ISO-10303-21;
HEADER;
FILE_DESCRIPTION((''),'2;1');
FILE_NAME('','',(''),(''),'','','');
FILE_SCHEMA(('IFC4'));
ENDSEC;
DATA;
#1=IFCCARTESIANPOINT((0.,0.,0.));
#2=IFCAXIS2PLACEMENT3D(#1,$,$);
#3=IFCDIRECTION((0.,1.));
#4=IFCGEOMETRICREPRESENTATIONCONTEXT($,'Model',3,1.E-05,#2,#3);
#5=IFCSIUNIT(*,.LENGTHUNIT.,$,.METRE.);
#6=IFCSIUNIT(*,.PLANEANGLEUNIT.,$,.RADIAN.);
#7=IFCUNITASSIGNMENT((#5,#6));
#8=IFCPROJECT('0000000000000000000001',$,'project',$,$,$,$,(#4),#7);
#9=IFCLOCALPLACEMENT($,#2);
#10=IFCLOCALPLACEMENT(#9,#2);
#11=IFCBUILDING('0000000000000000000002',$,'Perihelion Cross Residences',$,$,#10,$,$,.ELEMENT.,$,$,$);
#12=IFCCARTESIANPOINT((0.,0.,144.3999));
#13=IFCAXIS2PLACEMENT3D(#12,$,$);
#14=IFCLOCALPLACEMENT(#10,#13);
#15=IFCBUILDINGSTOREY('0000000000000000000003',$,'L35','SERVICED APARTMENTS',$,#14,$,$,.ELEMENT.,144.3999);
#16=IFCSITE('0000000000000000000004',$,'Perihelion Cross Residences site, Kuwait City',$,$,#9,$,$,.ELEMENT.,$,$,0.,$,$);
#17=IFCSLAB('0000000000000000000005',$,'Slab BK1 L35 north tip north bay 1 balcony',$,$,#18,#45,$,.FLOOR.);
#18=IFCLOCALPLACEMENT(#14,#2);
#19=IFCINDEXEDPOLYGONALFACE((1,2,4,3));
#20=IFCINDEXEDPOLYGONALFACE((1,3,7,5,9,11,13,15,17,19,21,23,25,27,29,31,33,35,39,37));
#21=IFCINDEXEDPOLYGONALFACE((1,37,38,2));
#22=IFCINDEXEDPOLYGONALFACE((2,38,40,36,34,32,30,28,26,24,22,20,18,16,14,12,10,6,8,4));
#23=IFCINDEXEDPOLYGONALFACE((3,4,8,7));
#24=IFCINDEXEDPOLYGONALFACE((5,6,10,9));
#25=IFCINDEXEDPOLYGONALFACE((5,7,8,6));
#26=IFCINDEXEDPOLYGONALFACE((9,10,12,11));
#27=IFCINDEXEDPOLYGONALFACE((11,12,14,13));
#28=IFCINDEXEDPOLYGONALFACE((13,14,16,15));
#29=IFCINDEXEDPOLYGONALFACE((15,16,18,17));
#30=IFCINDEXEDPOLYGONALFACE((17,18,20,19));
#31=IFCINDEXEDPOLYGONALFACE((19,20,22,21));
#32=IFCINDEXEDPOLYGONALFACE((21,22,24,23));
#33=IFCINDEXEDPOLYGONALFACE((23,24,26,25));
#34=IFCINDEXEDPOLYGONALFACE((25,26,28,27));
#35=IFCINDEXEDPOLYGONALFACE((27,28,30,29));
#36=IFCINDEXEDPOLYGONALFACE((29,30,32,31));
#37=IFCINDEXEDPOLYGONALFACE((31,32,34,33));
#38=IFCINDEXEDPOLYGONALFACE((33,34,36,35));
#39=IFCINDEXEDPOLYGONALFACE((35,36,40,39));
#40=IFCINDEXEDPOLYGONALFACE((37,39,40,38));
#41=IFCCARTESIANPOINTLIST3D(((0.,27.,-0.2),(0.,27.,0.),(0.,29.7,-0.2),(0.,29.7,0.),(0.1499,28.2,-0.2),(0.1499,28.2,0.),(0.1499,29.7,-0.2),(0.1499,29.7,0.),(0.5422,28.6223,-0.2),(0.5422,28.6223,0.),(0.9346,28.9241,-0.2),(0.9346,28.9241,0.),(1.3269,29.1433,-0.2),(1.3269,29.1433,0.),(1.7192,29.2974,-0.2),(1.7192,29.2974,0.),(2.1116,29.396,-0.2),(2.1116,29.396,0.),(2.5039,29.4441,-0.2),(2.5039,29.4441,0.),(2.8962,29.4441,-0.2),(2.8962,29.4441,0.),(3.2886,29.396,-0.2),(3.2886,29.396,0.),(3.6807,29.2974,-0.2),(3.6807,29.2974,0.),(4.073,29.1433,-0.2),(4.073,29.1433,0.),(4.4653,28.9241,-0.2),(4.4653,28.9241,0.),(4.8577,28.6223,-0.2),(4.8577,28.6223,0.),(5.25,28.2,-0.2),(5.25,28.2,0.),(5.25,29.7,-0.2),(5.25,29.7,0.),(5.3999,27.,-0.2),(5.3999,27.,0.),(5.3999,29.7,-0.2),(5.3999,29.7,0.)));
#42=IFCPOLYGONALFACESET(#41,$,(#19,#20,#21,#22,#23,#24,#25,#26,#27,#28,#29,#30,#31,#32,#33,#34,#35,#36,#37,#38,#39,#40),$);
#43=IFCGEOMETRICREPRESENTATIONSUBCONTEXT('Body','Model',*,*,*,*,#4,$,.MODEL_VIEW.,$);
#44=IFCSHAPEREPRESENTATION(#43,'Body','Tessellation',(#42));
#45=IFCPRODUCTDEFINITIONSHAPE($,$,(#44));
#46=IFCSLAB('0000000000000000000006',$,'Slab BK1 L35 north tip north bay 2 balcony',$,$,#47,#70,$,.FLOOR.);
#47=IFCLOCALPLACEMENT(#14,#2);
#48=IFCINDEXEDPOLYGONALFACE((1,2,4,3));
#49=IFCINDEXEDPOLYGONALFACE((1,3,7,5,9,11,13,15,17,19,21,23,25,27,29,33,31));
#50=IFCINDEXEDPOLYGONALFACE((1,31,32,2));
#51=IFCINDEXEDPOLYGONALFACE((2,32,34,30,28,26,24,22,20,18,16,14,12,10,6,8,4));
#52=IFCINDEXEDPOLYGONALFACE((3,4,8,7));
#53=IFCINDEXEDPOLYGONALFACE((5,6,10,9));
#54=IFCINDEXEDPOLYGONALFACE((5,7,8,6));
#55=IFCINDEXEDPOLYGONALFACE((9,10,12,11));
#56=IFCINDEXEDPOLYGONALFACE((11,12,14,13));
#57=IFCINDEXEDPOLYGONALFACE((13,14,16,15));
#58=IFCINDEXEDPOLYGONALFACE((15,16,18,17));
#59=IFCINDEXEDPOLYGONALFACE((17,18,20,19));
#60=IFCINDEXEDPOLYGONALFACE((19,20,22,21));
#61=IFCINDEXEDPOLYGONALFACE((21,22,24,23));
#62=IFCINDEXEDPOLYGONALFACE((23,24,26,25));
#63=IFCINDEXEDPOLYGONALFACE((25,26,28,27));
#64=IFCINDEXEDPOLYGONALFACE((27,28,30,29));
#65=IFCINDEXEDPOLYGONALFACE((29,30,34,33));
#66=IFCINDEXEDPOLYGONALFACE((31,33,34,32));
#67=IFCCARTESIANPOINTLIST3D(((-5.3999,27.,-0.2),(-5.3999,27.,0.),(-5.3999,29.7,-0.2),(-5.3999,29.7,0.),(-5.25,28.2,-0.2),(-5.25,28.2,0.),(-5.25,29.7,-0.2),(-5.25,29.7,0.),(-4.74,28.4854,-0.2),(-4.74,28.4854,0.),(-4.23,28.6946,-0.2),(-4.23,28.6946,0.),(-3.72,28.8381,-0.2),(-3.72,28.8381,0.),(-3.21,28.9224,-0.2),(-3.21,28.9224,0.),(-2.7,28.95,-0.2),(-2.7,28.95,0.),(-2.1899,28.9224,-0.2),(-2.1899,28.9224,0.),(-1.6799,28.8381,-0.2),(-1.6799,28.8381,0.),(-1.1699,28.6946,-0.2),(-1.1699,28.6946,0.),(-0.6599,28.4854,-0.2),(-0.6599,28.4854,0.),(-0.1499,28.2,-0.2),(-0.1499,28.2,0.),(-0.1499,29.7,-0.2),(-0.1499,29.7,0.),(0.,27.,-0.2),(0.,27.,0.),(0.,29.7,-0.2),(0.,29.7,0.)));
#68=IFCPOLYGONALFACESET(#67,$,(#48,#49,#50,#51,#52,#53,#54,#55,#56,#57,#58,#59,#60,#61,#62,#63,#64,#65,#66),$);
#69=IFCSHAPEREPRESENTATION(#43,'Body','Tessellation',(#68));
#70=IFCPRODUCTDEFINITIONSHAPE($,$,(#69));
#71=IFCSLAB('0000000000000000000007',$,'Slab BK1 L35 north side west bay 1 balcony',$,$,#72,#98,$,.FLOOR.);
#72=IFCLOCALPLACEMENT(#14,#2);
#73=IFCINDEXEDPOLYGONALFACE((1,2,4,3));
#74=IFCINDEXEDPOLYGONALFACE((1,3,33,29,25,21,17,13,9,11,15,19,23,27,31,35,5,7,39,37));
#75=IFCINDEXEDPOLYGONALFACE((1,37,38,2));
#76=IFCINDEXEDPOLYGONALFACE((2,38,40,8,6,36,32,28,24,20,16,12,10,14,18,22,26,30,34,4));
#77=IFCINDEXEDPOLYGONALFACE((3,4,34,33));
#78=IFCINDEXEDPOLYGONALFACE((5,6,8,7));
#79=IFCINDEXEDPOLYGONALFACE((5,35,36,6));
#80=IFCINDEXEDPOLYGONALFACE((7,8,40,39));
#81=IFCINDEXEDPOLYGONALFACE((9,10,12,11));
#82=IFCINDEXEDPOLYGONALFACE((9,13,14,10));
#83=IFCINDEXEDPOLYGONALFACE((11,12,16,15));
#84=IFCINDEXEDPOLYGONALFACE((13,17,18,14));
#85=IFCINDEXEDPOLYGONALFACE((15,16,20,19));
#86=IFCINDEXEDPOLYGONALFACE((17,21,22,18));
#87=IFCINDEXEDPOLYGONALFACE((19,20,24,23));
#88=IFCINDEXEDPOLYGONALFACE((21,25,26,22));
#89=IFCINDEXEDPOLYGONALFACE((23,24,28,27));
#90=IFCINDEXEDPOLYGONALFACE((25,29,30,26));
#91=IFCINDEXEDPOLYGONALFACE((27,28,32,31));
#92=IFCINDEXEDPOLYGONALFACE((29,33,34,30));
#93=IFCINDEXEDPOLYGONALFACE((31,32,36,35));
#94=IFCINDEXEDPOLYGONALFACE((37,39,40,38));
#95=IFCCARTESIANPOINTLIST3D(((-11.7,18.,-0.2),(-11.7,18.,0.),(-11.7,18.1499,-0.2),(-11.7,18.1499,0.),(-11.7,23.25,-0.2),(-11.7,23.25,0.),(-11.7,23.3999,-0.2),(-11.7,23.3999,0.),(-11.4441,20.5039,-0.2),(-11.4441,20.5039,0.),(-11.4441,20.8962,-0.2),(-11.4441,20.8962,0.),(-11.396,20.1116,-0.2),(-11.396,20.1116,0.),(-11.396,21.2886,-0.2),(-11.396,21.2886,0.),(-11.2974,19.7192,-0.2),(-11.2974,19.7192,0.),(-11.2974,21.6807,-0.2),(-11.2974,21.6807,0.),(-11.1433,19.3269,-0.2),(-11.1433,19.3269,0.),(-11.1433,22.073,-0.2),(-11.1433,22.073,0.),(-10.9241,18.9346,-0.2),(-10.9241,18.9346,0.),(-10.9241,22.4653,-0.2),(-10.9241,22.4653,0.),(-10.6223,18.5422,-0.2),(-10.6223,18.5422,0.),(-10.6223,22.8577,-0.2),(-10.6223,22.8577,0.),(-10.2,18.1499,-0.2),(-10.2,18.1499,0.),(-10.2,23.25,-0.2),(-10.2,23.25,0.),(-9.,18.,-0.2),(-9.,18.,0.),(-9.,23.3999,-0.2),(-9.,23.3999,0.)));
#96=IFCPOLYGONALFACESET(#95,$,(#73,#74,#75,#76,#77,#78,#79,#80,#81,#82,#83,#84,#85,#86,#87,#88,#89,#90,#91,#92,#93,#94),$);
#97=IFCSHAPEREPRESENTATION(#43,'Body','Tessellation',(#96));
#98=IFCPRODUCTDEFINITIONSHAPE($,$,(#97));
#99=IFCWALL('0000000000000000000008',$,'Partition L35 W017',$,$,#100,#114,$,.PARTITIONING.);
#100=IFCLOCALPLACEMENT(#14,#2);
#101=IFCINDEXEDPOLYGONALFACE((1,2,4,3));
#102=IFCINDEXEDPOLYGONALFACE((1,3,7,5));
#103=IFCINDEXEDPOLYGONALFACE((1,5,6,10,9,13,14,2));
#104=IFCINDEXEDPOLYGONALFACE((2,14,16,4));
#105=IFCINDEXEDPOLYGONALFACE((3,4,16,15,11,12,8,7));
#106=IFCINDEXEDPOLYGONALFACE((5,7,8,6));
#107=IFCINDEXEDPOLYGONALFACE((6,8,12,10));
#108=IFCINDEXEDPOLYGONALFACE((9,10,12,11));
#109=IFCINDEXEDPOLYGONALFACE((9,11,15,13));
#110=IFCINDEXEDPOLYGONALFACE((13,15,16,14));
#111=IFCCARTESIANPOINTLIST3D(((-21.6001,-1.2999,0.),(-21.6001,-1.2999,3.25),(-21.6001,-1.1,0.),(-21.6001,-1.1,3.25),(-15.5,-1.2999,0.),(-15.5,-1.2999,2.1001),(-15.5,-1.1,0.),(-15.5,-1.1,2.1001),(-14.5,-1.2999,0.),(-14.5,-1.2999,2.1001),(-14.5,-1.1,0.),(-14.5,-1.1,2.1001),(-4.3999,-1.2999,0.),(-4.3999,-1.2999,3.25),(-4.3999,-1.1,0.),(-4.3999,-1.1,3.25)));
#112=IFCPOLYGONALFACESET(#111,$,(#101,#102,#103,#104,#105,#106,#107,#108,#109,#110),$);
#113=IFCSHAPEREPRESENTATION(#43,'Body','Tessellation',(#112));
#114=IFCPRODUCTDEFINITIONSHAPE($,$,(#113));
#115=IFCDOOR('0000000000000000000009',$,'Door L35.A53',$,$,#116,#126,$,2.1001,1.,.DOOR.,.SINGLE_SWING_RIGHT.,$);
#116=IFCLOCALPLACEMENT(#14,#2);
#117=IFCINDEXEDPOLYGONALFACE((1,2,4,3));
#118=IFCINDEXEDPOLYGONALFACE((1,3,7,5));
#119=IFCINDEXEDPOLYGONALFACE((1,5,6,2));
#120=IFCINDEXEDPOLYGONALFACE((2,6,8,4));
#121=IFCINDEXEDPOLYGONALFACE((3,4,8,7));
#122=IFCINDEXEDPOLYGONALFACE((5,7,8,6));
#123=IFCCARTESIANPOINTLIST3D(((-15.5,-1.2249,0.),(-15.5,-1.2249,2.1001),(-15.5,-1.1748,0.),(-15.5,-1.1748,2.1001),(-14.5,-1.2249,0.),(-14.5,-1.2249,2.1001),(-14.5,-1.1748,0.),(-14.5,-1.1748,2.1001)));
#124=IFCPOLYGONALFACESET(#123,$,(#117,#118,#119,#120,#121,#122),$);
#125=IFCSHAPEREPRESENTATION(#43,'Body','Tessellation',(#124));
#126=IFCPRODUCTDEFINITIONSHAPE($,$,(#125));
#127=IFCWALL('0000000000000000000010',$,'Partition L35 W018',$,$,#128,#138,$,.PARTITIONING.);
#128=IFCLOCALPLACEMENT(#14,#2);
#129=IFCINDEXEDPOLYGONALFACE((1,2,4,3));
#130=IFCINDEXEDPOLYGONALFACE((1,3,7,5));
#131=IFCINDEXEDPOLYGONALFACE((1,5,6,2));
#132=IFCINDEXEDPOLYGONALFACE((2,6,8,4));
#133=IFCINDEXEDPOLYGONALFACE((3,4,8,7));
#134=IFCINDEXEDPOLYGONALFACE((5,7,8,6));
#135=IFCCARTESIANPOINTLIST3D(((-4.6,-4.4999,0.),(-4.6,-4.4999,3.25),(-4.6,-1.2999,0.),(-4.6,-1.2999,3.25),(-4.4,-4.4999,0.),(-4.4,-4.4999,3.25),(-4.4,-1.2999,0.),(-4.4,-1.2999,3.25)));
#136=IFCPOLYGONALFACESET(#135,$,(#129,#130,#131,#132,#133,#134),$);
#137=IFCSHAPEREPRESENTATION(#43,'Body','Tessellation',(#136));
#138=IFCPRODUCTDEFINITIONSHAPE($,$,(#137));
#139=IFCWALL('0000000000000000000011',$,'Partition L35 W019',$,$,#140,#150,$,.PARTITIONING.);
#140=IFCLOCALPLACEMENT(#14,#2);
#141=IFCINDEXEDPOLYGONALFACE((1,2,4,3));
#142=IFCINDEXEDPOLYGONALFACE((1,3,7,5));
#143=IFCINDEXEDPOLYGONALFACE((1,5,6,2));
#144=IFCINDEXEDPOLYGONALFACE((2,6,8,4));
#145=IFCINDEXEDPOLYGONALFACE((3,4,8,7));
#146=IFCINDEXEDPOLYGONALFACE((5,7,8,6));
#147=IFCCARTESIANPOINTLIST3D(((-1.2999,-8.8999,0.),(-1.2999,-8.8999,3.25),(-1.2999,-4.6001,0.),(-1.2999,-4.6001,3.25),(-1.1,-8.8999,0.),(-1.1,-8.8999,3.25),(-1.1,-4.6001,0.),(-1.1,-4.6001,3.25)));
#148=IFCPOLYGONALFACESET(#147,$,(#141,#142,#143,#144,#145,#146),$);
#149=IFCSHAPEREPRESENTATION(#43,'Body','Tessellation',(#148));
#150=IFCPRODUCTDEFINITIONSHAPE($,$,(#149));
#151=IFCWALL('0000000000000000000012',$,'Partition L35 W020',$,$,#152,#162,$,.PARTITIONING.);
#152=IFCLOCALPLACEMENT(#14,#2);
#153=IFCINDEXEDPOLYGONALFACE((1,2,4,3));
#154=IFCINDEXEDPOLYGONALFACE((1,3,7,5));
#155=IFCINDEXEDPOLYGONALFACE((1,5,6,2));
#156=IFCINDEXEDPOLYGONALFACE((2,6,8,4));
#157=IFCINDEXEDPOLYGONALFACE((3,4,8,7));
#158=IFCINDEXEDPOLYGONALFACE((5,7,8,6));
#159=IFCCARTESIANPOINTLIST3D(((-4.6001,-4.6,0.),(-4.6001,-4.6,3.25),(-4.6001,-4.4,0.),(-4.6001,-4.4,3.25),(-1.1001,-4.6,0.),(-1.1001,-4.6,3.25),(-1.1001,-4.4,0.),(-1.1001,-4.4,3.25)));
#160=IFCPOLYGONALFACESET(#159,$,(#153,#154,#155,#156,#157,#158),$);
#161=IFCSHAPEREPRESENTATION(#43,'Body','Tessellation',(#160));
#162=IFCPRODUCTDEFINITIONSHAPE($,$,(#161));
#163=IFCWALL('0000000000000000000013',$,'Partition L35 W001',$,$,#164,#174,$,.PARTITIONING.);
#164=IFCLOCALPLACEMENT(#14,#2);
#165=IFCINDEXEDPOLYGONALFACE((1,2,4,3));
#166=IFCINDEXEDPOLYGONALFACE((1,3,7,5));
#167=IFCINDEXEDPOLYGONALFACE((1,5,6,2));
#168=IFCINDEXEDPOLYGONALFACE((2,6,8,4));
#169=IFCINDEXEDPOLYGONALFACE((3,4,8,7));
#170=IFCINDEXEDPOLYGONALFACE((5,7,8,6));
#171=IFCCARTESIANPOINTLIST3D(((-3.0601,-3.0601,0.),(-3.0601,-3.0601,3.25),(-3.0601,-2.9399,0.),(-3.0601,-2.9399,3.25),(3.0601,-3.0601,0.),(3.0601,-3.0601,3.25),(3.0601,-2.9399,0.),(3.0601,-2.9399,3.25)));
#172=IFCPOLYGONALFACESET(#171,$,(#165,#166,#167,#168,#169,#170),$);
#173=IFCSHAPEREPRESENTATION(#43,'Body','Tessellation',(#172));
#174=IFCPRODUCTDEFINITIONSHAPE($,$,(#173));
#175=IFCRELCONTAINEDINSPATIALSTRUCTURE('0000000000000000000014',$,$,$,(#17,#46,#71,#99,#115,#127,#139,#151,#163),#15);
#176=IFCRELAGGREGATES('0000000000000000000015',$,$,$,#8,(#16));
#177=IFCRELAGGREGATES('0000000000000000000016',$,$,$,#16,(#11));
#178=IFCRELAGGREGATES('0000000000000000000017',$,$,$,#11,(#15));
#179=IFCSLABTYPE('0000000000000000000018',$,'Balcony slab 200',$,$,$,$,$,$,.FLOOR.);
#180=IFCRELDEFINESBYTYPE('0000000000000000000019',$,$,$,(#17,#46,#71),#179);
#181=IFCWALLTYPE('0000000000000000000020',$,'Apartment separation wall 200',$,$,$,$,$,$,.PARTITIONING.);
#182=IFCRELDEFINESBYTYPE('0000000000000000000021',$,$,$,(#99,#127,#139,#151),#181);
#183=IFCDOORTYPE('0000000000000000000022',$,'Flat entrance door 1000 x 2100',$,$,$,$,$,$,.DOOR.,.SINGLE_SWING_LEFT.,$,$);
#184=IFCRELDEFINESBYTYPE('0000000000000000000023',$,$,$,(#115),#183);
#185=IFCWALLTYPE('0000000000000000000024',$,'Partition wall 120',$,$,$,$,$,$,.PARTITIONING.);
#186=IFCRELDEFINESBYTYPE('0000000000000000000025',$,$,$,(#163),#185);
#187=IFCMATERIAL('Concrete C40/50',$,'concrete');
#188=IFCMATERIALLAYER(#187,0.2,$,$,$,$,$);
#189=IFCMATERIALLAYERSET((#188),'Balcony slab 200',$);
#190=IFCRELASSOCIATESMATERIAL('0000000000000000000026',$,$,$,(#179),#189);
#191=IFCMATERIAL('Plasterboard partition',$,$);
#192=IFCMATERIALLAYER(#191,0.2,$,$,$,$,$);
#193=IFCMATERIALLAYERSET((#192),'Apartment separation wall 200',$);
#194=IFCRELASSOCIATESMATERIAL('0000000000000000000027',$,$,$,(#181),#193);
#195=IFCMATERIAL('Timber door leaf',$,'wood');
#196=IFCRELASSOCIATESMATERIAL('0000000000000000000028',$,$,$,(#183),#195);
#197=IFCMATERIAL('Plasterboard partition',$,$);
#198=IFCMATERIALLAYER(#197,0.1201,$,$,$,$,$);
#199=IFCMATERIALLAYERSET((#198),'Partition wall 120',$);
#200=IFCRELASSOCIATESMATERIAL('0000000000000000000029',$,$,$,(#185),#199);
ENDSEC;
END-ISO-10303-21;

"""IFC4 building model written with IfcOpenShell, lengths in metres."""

from ifc_helpers import new_model, si_unit, direction, frame, frame_2d, origin, place, context, subcontext, project, spatial, polyline, rectangle, outline, extrude, material, layer, layer_set, type_object, element, fill, save


model = new_model("IFC4")

# Units and contexts
model_context = context("Model", 3, precision=1e-05, world=origin(), true_north=direction((0.0, 1.0)))
body_context = subcontext(model_context, "Body", "Model", "MODEL_VIEW")
ifc_project = project(units=[si_unit("LENGTHUNIT", "METRE"), si_unit("PLANEANGLEUNIT", "RADIAN")], contexts=[model_context])

# Site, building, storey
site_placement = place(None, origin())
site = spatial("IfcSite", under=ifc_project, at=site_placement, Name="Perihelion Cross Residences site, Kuwait City", CompositionType="ELEMENT", RefElevation=0.0)
building_placement = place(site_placement, origin())
building = spatial("IfcBuilding", under=site, at=building_placement, Name="Perihelion Cross Residences", CompositionType="ELEMENT")
storey_placement = place(building_placement, frame((0.0, 0.0, 144.3999)))
storey = spatial("IfcBuildingStorey", under=building, at=storey_placement, Name="L35", Description="SERVICED APARTMENTS", CompositionType="ELEMENT", Elevation=144.3999)

# Slabs
ifc_material_1 = material(Name="Concrete C40/50", Category="concrete")
ifc_layer_1 = layer(ifc_material_1, 0.2)
ifc_layer_set_1 = layer_set([ifc_layer_1], Name="Balcony slab 200")
slab_type_1 = type_object("IfcSlabType", Name="Balcony slab 200", PredefinedType="FLOOR", material=ifc_layer_set_1)
slab_1_placement = place(storey_placement, frame((0.0, 0.0, -0.2)))
element("IfcSlab", 1, at=slab_1_placement, inside=storey, type_object=slab_type_1, Name="Slab BK1 L35 north tip north bay 1 balcony", PredefinedType="FLOOR", context=body_context, shape_type="SweptSolid", body=[
    extrude(outline(polyline([(5.3999, 27.0), (0.0, 27.0), (0.0, 29.7), (0.1499, 29.7), (0.1499, 28.2), (0.5422, 28.6223), (0.9346, 28.9241), (1.3269, 29.1433), (1.7192, 29.2974), (2.1116, 29.396), (2.5039, 29.4441), (2.8962, 29.4441), (3.2886, 29.396), (3.6807, 29.2974), (4.073, 29.1433), (4.4653, 28.9241), (4.8577, 28.6223), (5.25, 28.2), (5.25, 29.7), (5.3999, 29.7), (5.3999, 27.0)])), origin(), (0.0, 0.0, 1.0), 0.2),
])
slab_2_placement = place(storey_placement, frame((0.0, 0.0, -0.2)))
element("IfcSlab", 2, at=slab_2_placement, inside=storey, type_object=slab_type_1, Name="Slab BK1 L35 north tip north bay 2 balcony", PredefinedType="FLOOR", context=body_context, shape_type="SweptSolid", body=[
    extrude(outline(polyline([(0.0, 27.0), (-5.3999, 27.0), (-5.3999, 29.7), (-5.25, 29.7), (-5.25, 28.2), (-4.74, 28.4854), (-4.23, 28.6946), (-3.72, 28.8381), (-3.21, 28.9224), (-2.7, 28.95), (-2.1899, 28.9224), (-1.6799, 28.8381), (-1.1699, 28.6946), (-0.6599, 28.4854), (-0.1499, 28.2), (-0.1499, 29.7), (0.0, 29.7), (0.0, 27.0)])), origin(), (0.0, 0.0, 1.0), 0.2),
])
slab_3_placement = place(storey_placement, frame((0.0, 0.0, -0.2)))
element("IfcSlab", 3, at=slab_3_placement, inside=storey, type_object=slab_type_1, Name="Slab BK1 L35 north side west bay 1 balcony", PredefinedType="FLOOR", context=body_context, shape_type="SweptSolid", body=[
    extrude(outline(polyline([(-9.0, 23.3999), (-9.0, 18.0), (-11.7, 18.0), (-11.7, 18.1499), (-10.2, 18.1499), (-10.6223, 18.5422), (-10.9241, 18.9346), (-11.1433, 19.3269), (-11.2974, 19.7192), (-11.396, 20.1116), (-11.4441, 20.5039), (-11.4441, 20.8962), (-11.396, 21.2886), (-11.2974, 21.6807), (-11.1433, 22.073), (-10.9241, 22.4653), (-10.6223, 22.8577), (-10.2, 23.25), (-11.7, 23.25), (-11.7, 23.3999), (-9.0, 23.3999)])), origin(), (0.0, 0.0, 1.0), 0.2),
])

# Wall, opening, door
ifc_material_2 = material(Name="Plasterboard partition")
ifc_layer_2 = layer(ifc_material_2, 0.2)
ifc_layer_set_2 = layer_set([ifc_layer_2], Name="Apartment separation wall 200")
wall_type_1 = type_object("IfcWallType", Name="Apartment separation wall 200", PredefinedType="PARTITIONING", material=ifc_layer_set_2)
wall_1_placement = place(storey_placement, frame((-4.3999, -1.2, 0.0), z_axis=(0.0, 0.0, 1.0), x_axis=(-1.0, 0.0, 0.0)))
wall_1 = element("IfcWall", 4, at=wall_1_placement, inside=storey, type_object=wall_type_1, Name="Partition L35 W017", PredefinedType="PARTITIONING", context=body_context, shape_type="SweptSolid", body=[
    extrude(rectangle(XDim=17.2002, YDim=0.2, at=frame_2d((8.6001, 0.0))), origin(), (0.0, 0.0, 1.0), 3.25),
])
opening_1_placement = place(wall_1_placement, frame((10.1001, 0.0, 0.0)))
opening_1 = element("IfcOpeningElement", 5, at=opening_1_placement, cuts=wall_1, PredefinedType="OPENING", context=body_context, shape_type="SweptSolid", body=[
    extrude(rectangle(XDim=1.0, YDim=2.1001, at=frame_2d((0.5, 1.05))), frame((0.0, 0.1099, 0.0), z_axis=(0.0, -1.0, 0.0), x_axis=(1.0, 0.0, 0.0)), (0.0, 0.0, 1.0), 0.22),
])
ifc_material_3 = material(Name="Timber door leaf", Category="wood")
door_type_1 = type_object("IfcDoorType", Name="Flat entrance door 1000 x 2100", OperationType="SINGLE_SWING_LEFT", PredefinedType="DOOR", material=ifc_material_3)
door_1_placement = place(opening_1_placement, origin())
door_1 = element("IfcDoor", 6, at=door_1_placement, inside=storey, type_object=door_type_1, Name="Door L35.A53", OperationType="SINGLE_SWING_RIGHT", OverallHeight=2.1001, OverallWidth=1.0, PredefinedType="DOOR", context=body_context, shape_type="SweptSolid", body=[
    extrude(rectangle(XDim=1.0, YDim=2.1001, at=frame_2d((0.5, 1.05))), frame((0.0, 0.0249, 0.0), z_axis=(0.0, -1.0, 0.0), x_axis=(1.0, 0.0, 0.0)), (0.0, 0.0, 1.0), 0.05),
])
fill(opening_1, door_1)

# Walls
wall_2_placement = place(storey_placement, frame((-4.5, -4.5, 0.0), z_axis=(0.0, 0.0, 1.0), x_axis=(0.0, 1.0, 0.0)))
element("IfcWall", 7, at=wall_2_placement, inside=storey, type_object=wall_type_1, Name="Partition L35 W018", PredefinedType="PARTITIONING", context=body_context, shape_type="SweptSolid", body=[
    extrude(rectangle(XDim=3.2, YDim=0.2, at=frame_2d((1.6001, 0.0))), origin(), (0.0, 0.0, 1.0), 3.25),
])
wall_3_placement = place(storey_placement, frame((-1.2, -8.8999, 0.0), z_axis=(0.0, 0.0, 1.0), x_axis=(0.0, 1.0, 0.0)))
element("IfcWall", 8, at=wall_3_placement, inside=storey, type_object=wall_type_1, Name="Partition L35 W019", PredefinedType="PARTITIONING", context=body_context, shape_type="SweptSolid", body=[
    extrude(rectangle(XDim=4.2998, YDim=0.2, at=frame_2d((2.1499, 0.0))), origin(), (0.0, 0.0, 1.0), 3.25),
])
wall_4_placement = place(storey_placement, frame((-1.1001, -4.5, 0.0), z_axis=(0.0, 0.0, 1.0), x_axis=(-1.0, 0.0, 0.0)))
element("IfcWall", 9, at=wall_4_placement, inside=storey, type_object=wall_type_1, Name="Partition L35 W020", PredefinedType="PARTITIONING", context=body_context, shape_type="SweptSolid", body=[
    extrude(rectangle(XDim=3.5, YDim=0.2, at=frame_2d((1.75, 0.0))), origin(), (0.0, 0.0, 1.0), 3.25),
])
ifc_material_4 = material(Name="Plasterboard partition")
ifc_layer_3 = layer(ifc_material_4, 0.1201)
ifc_layer_set_3 = layer_set([ifc_layer_3], Name="Partition wall 120")
wall_type_2 = type_object("IfcWallType", Name="Partition wall 120", PredefinedType="PARTITIONING", material=ifc_layer_set_3)
wall_5_placement = place(storey_placement, frame((-3.0601, -3.0, 0.0), z_axis=(0.0, 0.0, 1.0), x_axis=(1.0, 0.0, 0.0)))
element("IfcWall", 10, at=wall_5_placement, inside=storey, type_object=wall_type_2, Name="Partition L35 W001", PredefinedType="PARTITIONING", context=body_context, shape_type="SweptSolid", body=[
    extrude(rectangle(XDim=6.1201, YDim=0.1201, at=frame_2d((3.0601, 0.0))), origin(), (0.0, 0.0, 1.0), 3.25),
])

save(model, "model.ifc")
